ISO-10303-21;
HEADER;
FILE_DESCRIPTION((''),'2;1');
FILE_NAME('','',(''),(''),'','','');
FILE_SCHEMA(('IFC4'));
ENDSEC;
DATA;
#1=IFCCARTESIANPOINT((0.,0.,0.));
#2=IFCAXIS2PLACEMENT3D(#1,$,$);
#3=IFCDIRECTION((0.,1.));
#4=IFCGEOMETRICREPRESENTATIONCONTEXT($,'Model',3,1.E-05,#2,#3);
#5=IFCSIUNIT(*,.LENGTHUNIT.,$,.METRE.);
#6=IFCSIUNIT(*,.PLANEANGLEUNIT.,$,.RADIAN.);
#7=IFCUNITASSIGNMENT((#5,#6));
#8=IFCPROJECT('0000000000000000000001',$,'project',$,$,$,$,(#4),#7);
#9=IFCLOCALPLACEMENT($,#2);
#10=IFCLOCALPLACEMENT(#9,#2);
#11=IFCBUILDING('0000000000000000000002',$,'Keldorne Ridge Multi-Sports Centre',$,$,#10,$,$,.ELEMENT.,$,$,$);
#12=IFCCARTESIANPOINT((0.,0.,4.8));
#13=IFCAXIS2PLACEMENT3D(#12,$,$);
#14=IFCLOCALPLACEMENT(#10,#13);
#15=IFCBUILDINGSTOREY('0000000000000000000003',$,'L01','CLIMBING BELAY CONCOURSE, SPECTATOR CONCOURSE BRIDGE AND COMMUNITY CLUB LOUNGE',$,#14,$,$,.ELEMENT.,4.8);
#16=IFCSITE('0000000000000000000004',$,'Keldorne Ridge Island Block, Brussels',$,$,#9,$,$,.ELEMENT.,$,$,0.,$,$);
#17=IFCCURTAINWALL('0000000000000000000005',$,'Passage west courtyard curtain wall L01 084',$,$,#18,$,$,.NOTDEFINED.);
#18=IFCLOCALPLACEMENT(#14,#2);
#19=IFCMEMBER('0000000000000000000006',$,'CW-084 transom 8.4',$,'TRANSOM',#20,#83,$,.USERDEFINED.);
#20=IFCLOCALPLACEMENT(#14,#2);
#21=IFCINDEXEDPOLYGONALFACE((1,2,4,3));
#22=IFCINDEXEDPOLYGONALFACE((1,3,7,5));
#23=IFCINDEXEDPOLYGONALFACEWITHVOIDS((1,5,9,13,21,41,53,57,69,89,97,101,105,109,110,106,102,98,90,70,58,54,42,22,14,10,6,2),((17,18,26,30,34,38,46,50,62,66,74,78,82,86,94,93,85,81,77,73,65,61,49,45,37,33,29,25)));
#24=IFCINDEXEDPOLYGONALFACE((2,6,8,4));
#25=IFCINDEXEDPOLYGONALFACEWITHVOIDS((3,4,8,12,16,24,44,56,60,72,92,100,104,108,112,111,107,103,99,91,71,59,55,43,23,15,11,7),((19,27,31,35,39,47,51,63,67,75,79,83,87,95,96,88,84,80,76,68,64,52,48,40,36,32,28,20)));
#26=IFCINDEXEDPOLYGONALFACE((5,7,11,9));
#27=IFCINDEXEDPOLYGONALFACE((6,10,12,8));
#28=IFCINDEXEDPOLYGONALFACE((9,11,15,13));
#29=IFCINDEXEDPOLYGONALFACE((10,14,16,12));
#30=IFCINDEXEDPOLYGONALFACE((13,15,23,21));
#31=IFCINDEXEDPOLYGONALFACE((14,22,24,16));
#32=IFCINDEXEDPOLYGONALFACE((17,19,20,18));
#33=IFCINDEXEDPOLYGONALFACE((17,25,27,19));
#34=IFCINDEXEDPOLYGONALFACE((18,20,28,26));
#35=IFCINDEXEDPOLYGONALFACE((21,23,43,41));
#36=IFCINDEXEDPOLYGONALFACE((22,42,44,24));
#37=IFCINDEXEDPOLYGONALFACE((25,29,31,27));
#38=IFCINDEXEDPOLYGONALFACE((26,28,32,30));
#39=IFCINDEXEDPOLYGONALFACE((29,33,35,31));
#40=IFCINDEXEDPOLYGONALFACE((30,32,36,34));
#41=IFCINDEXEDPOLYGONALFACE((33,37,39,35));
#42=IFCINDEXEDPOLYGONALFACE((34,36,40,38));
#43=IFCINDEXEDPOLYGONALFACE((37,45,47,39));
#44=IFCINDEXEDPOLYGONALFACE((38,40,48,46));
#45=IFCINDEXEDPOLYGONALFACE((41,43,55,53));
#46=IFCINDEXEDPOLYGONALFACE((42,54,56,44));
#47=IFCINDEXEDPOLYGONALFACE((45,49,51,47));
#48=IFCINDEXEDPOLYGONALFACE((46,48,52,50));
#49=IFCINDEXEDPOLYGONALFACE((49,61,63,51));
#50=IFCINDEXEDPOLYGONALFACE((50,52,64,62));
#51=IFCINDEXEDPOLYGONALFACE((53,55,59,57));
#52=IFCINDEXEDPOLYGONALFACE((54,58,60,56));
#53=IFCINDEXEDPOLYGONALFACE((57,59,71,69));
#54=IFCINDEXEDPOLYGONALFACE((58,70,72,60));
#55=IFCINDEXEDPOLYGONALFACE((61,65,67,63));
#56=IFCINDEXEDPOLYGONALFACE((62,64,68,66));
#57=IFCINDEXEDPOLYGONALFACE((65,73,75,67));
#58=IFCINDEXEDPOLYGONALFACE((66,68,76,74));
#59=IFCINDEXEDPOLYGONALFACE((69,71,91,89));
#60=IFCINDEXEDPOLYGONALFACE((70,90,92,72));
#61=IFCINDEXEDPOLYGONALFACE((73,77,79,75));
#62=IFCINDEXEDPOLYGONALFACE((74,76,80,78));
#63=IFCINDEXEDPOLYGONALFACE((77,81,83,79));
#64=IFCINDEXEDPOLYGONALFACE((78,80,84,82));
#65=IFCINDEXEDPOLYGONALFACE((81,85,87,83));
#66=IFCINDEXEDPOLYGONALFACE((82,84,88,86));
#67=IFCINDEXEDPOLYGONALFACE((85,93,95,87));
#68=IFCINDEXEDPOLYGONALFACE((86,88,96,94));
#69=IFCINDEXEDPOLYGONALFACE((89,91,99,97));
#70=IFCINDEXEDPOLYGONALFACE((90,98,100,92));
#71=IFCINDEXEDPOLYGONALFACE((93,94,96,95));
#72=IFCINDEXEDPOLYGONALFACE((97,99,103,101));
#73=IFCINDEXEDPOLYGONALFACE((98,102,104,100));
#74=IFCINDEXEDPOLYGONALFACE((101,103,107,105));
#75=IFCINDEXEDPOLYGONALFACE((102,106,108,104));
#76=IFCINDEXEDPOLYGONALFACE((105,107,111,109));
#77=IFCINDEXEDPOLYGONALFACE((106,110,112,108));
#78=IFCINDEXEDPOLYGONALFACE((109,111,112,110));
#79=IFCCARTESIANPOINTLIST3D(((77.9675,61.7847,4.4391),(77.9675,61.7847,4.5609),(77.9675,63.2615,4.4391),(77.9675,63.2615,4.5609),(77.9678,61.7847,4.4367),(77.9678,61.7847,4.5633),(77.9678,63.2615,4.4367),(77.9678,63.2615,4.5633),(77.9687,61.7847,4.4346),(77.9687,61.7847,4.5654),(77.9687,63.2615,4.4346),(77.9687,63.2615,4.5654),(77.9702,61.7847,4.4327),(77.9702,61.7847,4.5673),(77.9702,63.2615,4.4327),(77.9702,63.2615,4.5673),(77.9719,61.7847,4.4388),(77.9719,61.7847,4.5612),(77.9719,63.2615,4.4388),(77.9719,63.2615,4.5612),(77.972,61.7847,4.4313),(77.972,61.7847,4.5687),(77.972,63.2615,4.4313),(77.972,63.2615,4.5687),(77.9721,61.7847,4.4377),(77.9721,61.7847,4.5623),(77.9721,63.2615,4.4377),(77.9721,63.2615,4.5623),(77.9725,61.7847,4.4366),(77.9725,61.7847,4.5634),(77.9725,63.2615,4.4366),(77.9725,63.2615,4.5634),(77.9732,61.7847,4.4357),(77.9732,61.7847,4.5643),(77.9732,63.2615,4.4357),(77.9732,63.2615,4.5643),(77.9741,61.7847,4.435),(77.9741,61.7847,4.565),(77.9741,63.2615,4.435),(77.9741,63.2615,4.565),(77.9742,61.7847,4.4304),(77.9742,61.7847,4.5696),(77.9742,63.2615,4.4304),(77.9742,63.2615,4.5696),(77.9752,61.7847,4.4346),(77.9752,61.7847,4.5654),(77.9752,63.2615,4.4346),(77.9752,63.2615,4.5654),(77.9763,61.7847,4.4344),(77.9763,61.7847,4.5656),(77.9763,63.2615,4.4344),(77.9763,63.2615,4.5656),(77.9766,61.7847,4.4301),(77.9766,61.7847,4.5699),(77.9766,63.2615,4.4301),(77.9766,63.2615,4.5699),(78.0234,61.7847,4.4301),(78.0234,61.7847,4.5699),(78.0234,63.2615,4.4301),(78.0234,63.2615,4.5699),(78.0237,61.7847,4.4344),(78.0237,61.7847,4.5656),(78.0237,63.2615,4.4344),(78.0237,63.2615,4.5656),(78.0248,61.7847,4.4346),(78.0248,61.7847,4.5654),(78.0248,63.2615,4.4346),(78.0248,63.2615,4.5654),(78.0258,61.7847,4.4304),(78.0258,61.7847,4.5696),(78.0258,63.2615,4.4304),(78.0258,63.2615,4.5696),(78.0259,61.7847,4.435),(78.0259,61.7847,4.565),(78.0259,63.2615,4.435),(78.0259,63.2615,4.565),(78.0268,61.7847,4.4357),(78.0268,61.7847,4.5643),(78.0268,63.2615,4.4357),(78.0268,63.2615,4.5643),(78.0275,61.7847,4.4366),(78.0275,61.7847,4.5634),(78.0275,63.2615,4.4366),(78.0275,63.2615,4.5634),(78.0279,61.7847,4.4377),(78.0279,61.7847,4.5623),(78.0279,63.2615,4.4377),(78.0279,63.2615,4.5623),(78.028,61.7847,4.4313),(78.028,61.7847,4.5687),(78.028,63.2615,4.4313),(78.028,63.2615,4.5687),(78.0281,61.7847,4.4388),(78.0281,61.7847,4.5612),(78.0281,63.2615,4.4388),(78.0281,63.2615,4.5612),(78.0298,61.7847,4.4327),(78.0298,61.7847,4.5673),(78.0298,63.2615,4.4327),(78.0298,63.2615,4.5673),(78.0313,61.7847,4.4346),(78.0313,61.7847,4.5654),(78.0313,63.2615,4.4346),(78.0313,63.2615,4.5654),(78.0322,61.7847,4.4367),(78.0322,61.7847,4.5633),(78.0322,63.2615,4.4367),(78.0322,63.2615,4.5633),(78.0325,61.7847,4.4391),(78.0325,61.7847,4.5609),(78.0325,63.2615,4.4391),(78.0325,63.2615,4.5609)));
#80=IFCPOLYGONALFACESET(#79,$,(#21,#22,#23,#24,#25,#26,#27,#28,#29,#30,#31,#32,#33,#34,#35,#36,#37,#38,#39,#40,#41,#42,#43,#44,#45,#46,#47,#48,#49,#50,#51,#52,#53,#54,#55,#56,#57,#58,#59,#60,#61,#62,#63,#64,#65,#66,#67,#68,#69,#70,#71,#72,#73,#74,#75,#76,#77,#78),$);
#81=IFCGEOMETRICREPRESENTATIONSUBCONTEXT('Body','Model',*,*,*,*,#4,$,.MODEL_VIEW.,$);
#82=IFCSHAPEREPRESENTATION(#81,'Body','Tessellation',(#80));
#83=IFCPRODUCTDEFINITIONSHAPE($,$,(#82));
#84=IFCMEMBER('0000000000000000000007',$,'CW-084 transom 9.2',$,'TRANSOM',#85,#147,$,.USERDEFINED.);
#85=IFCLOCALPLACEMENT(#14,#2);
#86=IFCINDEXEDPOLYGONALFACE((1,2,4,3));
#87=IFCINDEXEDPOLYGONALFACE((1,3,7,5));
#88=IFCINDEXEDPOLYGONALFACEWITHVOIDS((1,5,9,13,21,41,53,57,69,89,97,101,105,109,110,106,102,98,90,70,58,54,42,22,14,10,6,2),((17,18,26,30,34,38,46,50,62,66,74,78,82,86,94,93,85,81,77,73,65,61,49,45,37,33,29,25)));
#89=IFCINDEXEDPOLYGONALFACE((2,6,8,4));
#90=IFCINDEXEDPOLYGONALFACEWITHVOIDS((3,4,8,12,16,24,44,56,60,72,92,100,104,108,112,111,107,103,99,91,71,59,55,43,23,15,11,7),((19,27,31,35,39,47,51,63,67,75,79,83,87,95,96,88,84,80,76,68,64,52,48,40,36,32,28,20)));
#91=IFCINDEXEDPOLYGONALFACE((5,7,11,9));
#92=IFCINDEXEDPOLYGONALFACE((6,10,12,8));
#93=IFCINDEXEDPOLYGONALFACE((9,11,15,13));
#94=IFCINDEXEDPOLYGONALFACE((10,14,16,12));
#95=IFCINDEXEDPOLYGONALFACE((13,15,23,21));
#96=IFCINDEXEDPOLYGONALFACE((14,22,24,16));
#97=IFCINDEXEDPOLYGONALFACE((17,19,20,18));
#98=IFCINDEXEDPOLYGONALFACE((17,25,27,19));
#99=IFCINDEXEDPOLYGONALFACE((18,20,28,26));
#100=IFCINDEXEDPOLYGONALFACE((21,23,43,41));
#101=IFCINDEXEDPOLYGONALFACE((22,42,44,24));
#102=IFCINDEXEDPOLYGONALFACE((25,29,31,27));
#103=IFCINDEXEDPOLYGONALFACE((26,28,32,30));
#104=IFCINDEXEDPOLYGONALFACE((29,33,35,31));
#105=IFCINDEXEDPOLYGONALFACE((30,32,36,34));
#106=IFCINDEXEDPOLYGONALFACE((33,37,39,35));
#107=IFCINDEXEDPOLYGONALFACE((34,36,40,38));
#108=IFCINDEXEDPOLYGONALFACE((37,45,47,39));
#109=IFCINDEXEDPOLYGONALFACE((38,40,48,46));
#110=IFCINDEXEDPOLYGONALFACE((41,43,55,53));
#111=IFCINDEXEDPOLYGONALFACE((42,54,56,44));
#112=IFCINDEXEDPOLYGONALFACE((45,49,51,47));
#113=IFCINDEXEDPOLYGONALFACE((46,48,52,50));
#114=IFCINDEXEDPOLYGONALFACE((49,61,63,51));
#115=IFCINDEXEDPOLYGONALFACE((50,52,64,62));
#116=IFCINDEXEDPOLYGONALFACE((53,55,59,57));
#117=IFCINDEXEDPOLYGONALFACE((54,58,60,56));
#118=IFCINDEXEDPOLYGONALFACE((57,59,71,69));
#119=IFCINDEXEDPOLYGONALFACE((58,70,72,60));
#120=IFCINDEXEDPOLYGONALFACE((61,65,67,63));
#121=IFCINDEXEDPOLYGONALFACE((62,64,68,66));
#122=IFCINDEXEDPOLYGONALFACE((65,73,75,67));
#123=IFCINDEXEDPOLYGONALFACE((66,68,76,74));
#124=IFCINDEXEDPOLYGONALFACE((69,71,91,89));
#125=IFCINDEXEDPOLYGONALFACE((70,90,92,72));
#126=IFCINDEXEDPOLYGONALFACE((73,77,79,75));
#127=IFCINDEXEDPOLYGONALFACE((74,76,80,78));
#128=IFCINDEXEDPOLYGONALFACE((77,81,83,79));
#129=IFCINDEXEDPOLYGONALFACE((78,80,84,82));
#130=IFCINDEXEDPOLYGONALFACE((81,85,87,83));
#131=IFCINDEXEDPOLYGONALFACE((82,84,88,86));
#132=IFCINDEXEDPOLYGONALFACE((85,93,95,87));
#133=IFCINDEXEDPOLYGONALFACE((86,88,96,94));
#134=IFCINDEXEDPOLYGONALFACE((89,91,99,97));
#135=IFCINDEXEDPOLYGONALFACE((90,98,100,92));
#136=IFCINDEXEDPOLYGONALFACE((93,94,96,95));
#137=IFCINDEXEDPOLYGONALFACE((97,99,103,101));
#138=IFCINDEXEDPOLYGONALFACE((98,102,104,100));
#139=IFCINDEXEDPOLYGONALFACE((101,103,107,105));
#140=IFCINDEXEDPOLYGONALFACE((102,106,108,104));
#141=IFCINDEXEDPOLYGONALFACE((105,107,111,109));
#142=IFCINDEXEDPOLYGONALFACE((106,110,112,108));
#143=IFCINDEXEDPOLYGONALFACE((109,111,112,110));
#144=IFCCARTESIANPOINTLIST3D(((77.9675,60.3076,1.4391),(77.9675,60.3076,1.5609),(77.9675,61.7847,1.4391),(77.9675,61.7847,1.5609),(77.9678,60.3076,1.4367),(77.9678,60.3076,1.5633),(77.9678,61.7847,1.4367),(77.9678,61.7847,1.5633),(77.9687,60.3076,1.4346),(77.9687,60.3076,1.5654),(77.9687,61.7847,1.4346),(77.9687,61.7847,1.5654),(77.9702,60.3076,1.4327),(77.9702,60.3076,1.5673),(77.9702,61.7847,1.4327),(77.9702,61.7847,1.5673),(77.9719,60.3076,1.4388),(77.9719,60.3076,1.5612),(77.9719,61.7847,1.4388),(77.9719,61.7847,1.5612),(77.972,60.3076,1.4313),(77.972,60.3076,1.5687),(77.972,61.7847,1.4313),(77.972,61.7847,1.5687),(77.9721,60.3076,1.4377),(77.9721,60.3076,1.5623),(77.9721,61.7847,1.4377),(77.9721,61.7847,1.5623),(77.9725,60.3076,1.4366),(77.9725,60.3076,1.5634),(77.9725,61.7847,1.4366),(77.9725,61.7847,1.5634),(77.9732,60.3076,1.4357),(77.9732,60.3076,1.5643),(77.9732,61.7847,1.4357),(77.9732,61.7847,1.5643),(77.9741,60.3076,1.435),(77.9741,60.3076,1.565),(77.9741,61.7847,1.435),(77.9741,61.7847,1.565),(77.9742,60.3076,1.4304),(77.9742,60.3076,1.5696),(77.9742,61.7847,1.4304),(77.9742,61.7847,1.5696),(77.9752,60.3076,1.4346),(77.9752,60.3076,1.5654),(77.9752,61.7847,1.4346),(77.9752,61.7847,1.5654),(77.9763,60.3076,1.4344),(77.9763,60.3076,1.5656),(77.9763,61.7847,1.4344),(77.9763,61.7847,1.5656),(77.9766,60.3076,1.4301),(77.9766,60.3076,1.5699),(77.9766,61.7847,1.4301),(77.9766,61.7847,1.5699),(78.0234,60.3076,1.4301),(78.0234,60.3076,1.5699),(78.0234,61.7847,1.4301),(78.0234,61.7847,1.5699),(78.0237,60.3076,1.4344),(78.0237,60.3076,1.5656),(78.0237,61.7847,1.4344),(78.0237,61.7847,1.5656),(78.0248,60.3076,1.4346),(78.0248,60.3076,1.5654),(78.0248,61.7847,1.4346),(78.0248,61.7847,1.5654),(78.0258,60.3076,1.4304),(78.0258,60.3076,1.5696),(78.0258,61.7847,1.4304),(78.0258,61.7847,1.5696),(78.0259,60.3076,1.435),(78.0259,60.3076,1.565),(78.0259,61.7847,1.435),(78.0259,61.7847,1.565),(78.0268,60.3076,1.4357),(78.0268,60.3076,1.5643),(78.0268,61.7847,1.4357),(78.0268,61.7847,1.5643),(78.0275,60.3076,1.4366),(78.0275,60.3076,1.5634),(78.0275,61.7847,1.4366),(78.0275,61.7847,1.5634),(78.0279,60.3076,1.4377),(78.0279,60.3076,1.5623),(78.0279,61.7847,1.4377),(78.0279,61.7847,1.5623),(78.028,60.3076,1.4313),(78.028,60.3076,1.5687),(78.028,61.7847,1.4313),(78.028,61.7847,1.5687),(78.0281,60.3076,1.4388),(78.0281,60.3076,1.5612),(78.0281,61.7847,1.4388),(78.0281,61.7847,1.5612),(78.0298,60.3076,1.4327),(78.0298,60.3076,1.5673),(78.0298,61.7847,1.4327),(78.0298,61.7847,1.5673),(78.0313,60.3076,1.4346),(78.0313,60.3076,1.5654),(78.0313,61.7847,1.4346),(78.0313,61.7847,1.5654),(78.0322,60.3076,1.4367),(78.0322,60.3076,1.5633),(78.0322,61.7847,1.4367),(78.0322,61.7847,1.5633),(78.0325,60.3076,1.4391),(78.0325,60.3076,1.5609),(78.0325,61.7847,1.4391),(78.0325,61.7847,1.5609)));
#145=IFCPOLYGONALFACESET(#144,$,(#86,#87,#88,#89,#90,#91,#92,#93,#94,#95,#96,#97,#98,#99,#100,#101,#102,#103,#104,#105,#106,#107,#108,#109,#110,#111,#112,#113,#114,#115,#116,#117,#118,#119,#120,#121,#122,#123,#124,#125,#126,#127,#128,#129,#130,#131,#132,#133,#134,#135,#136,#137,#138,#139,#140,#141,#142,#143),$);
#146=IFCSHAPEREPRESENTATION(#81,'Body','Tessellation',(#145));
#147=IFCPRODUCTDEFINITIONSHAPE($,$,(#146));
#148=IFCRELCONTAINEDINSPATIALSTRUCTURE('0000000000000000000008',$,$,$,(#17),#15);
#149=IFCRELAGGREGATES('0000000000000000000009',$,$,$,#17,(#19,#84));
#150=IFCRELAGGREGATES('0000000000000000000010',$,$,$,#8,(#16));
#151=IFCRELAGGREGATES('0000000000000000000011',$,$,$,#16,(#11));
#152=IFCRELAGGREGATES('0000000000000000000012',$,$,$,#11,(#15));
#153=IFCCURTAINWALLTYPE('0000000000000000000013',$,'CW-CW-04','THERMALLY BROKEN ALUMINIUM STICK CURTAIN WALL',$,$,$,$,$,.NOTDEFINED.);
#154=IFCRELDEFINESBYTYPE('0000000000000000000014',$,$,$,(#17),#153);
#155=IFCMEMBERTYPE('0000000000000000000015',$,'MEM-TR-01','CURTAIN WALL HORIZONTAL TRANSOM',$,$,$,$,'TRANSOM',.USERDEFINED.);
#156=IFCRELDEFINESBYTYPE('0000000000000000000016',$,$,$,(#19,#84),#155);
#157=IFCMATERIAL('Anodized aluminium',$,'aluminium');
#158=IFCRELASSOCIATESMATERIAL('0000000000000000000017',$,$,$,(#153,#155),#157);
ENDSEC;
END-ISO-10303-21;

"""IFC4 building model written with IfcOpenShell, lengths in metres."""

from ifc_helpers import new_model, si_unit, direction, frame, origin, origin_2d, place, context, subcontext, project, spatial, hollow_rectangle, extrude, material, material_profile, profile_set, type_object, element, aggregate, save


model = new_model("IFC4")

# Units and contexts
model_context = context("Model", 3, precision=1e-05, world=origin(), true_north=direction((0.0, 1.0)))
body_context = subcontext(model_context, "Body", "Model", "MODEL_VIEW")
ifc_project = project(units=[si_unit("LENGTHUNIT", "METRE"), si_unit("PLANEANGLEUNIT", "RADIAN")], contexts=[model_context])

# Site, building, storey
site_placement = place(None, origin())
site = spatial("IfcSite", under=ifc_project, at=site_placement, Name="Keldorne Ridge Island Block, Brussels", CompositionType="ELEMENT", RefElevation=0.0)
building_placement = place(site_placement, origin())
building = spatial("IfcBuilding", under=site, at=building_placement, Name="Keldorne Ridge Multi-Sports Centre", CompositionType="ELEMENT")
storey_placement = place(building_placement, frame((0.0, 0.0, 4.8)))
storey = spatial("IfcBuildingStorey", under=building, at=storey_placement, Name="L01", Description="CLIMBING BELAY CONCOURSE, SPECTATOR CONCOURSE BRIDGE AND COMMUNITY CLUB LOUNGE", CompositionType="ELEMENT", Elevation=4.8)

# Curtain wall, members
ifc_material_1 = material(Name="Anodized aluminium", Category="aluminium")
curtain_wall_type = type_object("IfcCurtainWallType", Name="CW-CW-04", Description="THERMALLY BROKEN ALUMINIUM STICK CURTAIN WALL", PredefinedType="NOTDEFINED", material=ifc_material_1)
curtain_wall_placement = place(storey_placement, origin())
curtain_wall = element("IfcCurtainWall", 1, at=curtain_wall_placement, inside=storey, type_object=curtain_wall_type, Name="Passage west courtyard curtain wall L01 084", PredefinedType="NOTDEFINED")
ifc_material_profile_1 = material_profile(ifc_material_1, hollow_rectangle(XDim=0.0649, YDim=0.1399, WallThickness=0.0044, InnerFilletRadius=0.0044, OuterFilletRadius=0.009, at=origin_2d()), Name="ALU TRANSOM 140x65x4.5")
ifc_profile_set_1 = profile_set([ifc_material_profile_1], Name="Anodized aluminium")
member_type_1 = type_object("IfcMemberType", Name="MEM-TR-01", Description="CURTAIN WALL HORIZONTAL TRANSOM", ElementType="TRANSOM", PredefinedType="USERDEFINED", material=ifc_profile_set_1)
member_1_placement = place(storey_placement, frame((78.0, 63.2615, 4.5), z_axis=(0.0, -1.0, 0.0), x_axis=(1.0, 0.0, 0.0)))
member_1 = element("IfcMember", 2, at=member_1_placement, type_object=member_type_1, Name="CW-084 transom 8.4", ObjectType="TRANSOM", PredefinedType="USERDEFINED", context=body_context, shape_type="SweptSolid", body=[
    extrude(hollow_rectangle(XDim=0.0649, YDim=0.1399, WallThickness=0.0044, InnerFilletRadius=0.0044, OuterFilletRadius=0.009, at=origin_2d()), origin(), (0.0, 0.0, 1.0), 1.4768),
])
member_2_placement = place(storey_placement, frame((78.0, 61.7847, 1.5), z_axis=(0.0, -1.0, 0.0), x_axis=(1.0, 0.0, 0.0)))
member_2 = element("IfcMember", 3, at=member_2_placement, type_object=member_type_1, Name="CW-084 transom 9.2", ObjectType="TRANSOM", PredefinedType="USERDEFINED", context=body_context, shape_type="SweptSolid", body=[
    extrude(hollow_rectangle(XDim=0.0649, YDim=0.1399, WallThickness=0.0044, InnerFilletRadius=0.0044, OuterFilletRadius=0.009, at=origin_2d()), origin(), (0.0, 0.0, 1.0), 1.4771),
])
aggregate(curtain_wall, [member_1, member_2])

save(model, "model.ifc")
